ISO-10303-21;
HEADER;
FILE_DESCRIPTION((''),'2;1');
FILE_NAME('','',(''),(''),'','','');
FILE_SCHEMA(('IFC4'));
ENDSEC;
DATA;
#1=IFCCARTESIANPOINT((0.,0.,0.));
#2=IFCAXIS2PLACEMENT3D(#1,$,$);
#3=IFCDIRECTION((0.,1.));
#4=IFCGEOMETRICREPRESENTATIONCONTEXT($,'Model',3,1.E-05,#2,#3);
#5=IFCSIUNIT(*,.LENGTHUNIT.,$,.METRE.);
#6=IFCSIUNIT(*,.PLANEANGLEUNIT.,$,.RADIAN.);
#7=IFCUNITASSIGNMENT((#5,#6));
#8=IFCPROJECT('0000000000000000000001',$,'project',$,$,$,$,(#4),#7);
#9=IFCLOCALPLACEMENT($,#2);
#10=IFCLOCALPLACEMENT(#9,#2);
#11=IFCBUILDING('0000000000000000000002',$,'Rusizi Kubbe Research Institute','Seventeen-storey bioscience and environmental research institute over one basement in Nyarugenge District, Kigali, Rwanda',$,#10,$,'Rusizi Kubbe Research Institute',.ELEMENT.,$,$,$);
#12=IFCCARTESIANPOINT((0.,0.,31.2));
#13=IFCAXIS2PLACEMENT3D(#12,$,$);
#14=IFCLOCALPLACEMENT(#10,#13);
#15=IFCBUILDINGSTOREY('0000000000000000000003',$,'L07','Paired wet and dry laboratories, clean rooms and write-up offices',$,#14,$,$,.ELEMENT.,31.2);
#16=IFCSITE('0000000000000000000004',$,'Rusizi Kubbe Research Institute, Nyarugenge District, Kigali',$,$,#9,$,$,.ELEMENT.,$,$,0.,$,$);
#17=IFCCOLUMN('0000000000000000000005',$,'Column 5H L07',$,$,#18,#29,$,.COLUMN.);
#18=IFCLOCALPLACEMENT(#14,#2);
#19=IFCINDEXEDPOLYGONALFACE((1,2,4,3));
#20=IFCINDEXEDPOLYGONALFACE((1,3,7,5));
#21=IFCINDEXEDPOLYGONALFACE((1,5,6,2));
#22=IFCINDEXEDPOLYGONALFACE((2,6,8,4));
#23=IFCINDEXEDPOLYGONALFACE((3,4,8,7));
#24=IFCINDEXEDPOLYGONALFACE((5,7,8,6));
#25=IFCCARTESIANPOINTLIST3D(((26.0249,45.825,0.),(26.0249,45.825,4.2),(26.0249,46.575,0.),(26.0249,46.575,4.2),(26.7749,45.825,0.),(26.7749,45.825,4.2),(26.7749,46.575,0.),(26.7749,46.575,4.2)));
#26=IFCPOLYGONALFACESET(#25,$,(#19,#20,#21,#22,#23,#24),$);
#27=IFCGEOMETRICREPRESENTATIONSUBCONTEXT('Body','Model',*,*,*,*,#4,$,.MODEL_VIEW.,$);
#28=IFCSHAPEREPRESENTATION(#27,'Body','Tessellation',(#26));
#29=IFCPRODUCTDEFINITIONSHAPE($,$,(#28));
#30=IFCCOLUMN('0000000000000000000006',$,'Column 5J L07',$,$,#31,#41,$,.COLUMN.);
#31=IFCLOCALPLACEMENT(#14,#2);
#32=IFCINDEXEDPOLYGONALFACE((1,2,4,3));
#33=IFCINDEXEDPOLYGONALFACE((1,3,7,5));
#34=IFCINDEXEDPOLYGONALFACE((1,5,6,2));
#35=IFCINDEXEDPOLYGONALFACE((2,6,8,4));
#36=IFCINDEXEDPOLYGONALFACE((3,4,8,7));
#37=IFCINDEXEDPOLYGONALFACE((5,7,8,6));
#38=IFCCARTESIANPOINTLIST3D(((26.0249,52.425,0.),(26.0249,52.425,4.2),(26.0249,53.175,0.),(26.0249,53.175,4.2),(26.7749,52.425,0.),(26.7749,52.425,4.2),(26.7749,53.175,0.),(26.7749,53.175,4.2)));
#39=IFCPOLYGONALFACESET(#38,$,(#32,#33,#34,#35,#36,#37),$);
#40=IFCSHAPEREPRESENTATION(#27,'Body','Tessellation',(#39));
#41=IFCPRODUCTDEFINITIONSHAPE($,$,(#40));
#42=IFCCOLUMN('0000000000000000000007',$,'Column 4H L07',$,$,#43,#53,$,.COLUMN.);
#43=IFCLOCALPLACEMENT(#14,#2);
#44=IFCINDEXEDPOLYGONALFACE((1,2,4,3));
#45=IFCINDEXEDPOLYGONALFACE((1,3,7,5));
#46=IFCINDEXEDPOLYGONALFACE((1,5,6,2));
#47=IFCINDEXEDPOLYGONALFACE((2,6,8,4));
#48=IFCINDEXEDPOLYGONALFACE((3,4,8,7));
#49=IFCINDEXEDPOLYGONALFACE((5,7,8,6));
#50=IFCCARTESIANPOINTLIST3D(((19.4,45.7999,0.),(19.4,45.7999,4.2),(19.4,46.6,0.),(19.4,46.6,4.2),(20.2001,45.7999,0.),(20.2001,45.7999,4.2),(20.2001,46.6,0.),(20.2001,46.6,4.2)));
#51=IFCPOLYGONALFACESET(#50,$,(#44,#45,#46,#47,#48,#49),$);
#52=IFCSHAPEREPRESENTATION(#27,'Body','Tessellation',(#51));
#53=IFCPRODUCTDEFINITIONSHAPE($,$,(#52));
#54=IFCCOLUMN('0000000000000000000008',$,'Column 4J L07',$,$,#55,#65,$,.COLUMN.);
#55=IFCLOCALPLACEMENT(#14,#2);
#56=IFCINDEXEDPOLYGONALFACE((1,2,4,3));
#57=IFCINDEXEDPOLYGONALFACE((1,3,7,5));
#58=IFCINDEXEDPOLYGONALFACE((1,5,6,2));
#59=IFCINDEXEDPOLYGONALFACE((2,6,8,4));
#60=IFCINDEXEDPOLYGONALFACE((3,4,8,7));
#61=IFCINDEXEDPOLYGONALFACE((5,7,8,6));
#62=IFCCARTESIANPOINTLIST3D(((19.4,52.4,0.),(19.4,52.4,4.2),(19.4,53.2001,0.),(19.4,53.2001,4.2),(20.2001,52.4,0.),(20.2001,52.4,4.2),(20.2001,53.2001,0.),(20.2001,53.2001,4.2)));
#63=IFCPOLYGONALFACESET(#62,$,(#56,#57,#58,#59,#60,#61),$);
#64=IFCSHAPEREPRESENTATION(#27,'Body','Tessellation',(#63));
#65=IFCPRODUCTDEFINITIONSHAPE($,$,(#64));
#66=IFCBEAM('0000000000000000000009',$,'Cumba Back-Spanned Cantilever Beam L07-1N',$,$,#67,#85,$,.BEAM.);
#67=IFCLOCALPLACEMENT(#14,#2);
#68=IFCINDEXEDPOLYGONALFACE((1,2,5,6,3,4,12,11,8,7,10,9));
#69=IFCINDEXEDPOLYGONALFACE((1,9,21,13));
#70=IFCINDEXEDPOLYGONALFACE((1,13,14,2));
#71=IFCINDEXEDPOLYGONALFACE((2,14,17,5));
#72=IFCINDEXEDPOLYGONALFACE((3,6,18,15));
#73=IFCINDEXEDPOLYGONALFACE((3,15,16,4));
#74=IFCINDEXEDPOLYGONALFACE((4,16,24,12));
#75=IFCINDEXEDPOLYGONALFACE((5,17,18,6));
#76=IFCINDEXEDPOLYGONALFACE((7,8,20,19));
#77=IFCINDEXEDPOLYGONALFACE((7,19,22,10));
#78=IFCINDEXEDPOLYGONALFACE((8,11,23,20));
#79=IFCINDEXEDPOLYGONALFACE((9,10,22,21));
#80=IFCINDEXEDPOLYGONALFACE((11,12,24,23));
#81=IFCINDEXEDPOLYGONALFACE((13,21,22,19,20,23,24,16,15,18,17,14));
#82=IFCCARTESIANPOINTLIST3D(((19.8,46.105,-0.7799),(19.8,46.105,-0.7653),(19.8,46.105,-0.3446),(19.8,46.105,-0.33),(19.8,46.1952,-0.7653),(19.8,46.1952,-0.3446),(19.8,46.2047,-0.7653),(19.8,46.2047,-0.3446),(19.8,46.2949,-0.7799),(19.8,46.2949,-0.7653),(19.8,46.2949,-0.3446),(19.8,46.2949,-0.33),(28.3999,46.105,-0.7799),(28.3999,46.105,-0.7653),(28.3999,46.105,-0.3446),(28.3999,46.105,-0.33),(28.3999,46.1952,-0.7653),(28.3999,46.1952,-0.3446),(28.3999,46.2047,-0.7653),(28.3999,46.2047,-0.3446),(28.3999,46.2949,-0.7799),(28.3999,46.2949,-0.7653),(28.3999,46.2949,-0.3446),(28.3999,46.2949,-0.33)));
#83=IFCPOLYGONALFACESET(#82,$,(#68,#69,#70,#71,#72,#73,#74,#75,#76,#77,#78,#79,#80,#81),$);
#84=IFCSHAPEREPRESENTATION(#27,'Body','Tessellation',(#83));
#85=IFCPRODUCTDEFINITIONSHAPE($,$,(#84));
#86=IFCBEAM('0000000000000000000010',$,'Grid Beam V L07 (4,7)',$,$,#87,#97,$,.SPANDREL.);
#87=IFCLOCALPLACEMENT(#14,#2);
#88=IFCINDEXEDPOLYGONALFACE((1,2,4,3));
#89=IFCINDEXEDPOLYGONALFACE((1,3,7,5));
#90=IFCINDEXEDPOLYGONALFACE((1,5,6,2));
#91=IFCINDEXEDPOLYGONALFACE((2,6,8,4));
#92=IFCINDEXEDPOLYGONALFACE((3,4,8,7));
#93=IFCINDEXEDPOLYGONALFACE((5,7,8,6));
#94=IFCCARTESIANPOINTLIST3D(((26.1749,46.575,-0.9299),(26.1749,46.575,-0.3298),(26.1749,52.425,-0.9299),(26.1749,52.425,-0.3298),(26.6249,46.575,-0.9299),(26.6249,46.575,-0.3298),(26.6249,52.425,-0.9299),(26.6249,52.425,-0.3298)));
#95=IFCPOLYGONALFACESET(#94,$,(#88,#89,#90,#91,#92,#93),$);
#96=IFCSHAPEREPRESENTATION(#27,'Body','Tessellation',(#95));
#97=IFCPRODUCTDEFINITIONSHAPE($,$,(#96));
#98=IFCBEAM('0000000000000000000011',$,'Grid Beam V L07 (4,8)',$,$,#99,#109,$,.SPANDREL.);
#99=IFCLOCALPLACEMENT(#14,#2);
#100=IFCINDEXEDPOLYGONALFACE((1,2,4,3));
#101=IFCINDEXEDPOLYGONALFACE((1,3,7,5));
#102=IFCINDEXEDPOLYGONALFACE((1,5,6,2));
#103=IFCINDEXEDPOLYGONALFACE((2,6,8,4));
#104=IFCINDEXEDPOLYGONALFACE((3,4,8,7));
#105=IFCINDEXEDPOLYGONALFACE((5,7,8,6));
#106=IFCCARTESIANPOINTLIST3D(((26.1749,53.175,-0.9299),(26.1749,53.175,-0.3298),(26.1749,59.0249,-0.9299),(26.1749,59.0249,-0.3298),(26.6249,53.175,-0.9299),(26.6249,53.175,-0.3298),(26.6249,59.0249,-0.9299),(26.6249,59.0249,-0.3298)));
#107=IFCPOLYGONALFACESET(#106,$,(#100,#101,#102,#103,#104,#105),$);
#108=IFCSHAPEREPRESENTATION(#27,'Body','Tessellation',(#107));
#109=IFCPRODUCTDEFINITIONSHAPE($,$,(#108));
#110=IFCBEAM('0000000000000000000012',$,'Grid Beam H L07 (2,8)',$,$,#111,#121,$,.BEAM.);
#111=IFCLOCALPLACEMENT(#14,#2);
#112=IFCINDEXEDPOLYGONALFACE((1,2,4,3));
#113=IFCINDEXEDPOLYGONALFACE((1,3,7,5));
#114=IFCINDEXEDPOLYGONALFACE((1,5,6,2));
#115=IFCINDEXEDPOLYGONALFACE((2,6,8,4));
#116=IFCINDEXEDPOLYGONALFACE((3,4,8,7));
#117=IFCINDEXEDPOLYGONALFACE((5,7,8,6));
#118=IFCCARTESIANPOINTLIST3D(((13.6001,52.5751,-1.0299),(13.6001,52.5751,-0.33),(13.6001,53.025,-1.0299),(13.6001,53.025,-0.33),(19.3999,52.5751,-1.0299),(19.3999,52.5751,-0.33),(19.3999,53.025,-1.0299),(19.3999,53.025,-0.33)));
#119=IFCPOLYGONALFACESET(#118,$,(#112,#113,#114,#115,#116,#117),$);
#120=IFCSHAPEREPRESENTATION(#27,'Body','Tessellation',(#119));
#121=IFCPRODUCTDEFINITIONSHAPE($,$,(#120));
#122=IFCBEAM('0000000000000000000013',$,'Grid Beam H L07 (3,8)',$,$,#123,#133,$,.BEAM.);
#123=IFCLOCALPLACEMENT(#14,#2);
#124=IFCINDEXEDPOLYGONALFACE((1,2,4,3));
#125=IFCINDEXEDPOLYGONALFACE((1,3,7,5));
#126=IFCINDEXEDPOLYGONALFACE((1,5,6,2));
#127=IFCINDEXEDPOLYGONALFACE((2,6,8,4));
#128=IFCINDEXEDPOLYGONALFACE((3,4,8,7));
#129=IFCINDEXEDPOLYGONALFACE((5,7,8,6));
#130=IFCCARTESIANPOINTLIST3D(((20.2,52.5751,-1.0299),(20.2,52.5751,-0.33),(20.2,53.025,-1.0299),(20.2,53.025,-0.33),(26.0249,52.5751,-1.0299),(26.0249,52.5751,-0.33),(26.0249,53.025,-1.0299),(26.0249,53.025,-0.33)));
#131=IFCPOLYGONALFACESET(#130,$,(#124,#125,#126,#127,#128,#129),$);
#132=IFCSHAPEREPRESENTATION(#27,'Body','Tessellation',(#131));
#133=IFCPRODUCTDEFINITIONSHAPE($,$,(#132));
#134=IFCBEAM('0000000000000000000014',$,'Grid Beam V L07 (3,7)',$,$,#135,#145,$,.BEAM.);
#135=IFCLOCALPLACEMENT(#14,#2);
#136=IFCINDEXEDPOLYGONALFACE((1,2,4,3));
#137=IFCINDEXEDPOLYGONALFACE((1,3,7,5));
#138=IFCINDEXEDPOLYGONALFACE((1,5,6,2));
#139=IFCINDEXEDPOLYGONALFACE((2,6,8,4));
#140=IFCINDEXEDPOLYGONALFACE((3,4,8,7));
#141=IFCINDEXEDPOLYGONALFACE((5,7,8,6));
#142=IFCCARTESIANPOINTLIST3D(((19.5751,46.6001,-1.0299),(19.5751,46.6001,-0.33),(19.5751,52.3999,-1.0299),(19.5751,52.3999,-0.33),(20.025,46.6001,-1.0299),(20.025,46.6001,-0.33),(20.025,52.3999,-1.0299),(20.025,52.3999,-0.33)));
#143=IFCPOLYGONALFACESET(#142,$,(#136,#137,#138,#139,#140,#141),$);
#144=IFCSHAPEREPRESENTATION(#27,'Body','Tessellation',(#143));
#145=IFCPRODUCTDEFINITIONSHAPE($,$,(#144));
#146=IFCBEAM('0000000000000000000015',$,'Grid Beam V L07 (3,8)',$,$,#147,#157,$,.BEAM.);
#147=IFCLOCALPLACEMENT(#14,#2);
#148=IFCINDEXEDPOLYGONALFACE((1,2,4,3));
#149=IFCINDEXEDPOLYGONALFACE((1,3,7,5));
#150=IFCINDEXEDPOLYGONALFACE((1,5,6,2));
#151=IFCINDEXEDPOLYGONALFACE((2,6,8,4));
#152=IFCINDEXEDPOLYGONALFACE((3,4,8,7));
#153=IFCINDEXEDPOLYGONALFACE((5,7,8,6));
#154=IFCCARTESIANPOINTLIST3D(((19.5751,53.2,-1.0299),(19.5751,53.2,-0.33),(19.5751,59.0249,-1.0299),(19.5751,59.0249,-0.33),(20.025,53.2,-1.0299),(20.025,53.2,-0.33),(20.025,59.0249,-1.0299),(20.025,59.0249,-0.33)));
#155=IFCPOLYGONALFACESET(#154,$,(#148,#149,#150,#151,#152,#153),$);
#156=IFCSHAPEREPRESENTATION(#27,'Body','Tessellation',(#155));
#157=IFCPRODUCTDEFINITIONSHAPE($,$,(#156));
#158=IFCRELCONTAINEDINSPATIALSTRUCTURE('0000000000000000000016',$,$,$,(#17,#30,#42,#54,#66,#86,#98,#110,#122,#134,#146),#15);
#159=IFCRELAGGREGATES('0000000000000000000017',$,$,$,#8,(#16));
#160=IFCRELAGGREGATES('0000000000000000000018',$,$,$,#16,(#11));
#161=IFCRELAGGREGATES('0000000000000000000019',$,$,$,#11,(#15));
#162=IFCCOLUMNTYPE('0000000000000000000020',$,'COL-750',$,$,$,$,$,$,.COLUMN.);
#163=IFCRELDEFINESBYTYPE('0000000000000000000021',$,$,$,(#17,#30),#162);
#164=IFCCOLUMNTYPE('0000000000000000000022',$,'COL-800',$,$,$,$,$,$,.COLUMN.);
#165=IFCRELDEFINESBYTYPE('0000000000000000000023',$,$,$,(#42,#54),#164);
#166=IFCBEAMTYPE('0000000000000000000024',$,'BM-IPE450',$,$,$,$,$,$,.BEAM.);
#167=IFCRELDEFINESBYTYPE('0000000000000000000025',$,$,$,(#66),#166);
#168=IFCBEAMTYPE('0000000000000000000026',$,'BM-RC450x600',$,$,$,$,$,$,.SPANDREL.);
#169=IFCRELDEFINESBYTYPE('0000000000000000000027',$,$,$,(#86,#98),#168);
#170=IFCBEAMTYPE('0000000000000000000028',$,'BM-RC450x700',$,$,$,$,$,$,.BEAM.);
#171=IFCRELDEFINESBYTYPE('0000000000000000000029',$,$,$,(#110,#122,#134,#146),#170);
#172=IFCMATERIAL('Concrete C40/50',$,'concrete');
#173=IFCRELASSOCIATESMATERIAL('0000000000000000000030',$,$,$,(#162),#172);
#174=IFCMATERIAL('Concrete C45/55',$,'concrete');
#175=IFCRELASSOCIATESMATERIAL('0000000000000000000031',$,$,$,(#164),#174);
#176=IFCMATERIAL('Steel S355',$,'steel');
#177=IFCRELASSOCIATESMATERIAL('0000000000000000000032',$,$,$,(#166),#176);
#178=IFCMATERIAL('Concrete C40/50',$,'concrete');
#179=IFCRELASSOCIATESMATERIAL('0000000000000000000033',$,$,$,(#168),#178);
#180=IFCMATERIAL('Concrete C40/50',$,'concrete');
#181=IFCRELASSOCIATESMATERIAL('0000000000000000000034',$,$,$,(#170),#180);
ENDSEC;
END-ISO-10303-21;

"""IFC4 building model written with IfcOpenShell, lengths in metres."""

from ifc_helpers import new_model, si_unit, direction, frame, origin, origin_2d, place, context, subcontext, project, spatial, rectangle, i_section, extrude, material, material_profile, profile_set, type_object, element, save


model = new_model("IFC4")

# Units and contexts
model_context = context("Model", 3, precision=1e-05, world=origin(), true_north=direction((0.0, 1.0)))
body_context = subcontext(model_context, "Body", "Model", "MODEL_VIEW")
ifc_project = project(units=[si_unit("LENGTHUNIT", "METRE"), si_unit("PLANEANGLEUNIT", "RADIAN")], contexts=[model_context])

# Site, building, storey
site_placement = place(None, origin())
site = spatial("IfcSite", under=ifc_project, at=site_placement, Name="Rusizi Kubbe Research Institute, Nyarugenge District, Kigali", CompositionType="ELEMENT", RefElevation=0.0)
building_placement = place(site_placement, origin())
building = spatial("IfcBuilding", under=site, at=building_placement, Name="Rusizi Kubbe Research Institute", Description="Seventeen-storey bioscience and environmental research institute over one basement in Nyarugenge District, Kigali, Rwanda", LongName="Rusizi Kubbe Research Institute", CompositionType="ELEMENT")
storey_placement = place(building_placement, frame((0.0, 0.0, 31.2)))
storey = spatial("IfcBuildingStorey", under=building, at=storey_placement, Name="L07", Description="Paired wet and dry laboratories, clean rooms and write-up offices", CompositionType="ELEMENT", Elevation=31.2)

# Columns
ifc_material_1 = material(Name="Concrete C40/50", Category="concrete")
ifc_material_profile_1 = material_profile(ifc_material_1, rectangle(XDim=0.75, YDim=0.75, at=origin_2d()), Name="RC750x750")
ifc_profile_set_1 = profile_set([ifc_material_profile_1], Name="Concrete C40/50")
column_type_1 = type_object("IfcColumnType", Name="COL-750", PredefinedType="COLUMN", material=ifc_profile_set_1)
for number, where, z_axis, x_axis, name in (
    (1, (26.3999, 46.2, 0.0), (0.0, 0.0, 1.0), (1.0, 0.0, 0.0), "Column 5H L07"),
    (2, (26.3999, 52.8, 0.0), (0.0, 0.0, 1.0), (1.0, 0.0, 0.0), "Column 5J L07"),
):
    element("IfcColumn", number, at=place(storey_placement, frame(where, z_axis=z_axis, x_axis=x_axis)), inside=storey, type_object=column_type_1, Name=name, PredefinedType="COLUMN", context=body_context, shape_type="SweptSolid", body=[
        extrude(rectangle(XDim=0.75, YDim=0.75, at=origin_2d()), origin(), (0.0, 0.0, 1.0), 4.2),
    ])
ifc_material_2 = material(Name="Concrete C45/55", Category="concrete")
ifc_material_profile_2 = material_profile(ifc_material_2, rectangle(XDim=0.8, YDim=0.8, at=origin_2d()), Name="RC800x800")
ifc_profile_set_2 = profile_set([ifc_material_profile_2], Name="Concrete C45/55")
column_type_2 = type_object("IfcColumnType", Name="COL-800", PredefinedType="COLUMN", material=ifc_profile_set_2)
for number, where, z_axis, x_axis, name in (
    (3, (19.8, 46.2, 0.0), (0.0, 0.0, 1.0), (1.0, 0.0, 0.0), "Column 4H L07"),
    (4, (19.8, 52.8, 0.0), (0.0, 0.0, 1.0), (1.0, 0.0, 0.0), "Column 4J L07"),
):
    element("IfcColumn", number, at=place(storey_placement, frame(where, z_axis=z_axis, x_axis=x_axis)), inside=storey, type_object=column_type_2, Name=name, PredefinedType="COLUMN", context=body_context, shape_type="SweptSolid", body=[
        extrude(rectangle(XDim=0.8, YDim=0.8, at=origin_2d()), origin(), (0.0, 0.0, 1.0), 4.2),
    ])

# Beams
ifc_material_3 = material(Name="Steel S355", Category="steel")
ifc_material_profile_3 = material_profile(ifc_material_3, i_section(OverallWidth=0.1899, OverallDepth=0.45, WebThickness=0.0095, FlangeThickness=0.0146, at=origin_2d()), Name="IPE 450")
ifc_profile_set_3 = profile_set([ifc_material_profile_3], Name="Steel S355")
beam_type_1 = type_object("IfcBeamType", Name="BM-IPE450", PredefinedType="BEAM", material=ifc_profile_set_3)
beam_1_placement = place(storey_placement, frame((19.8, 46.2, -0.5549), z_axis=(1.0, 0.0, 0.0), x_axis=(0.0, 1.0, 0.0)))
element("IfcBeam", 5, at=beam_1_placement, inside=storey, type_object=beam_type_1, Name="Cumba Back-Spanned Cantilever Beam L07-1N", PredefinedType="BEAM", context=body_context, shape_type="SweptSolid", body=[
    extrude(i_section(OverallWidth=0.1899, OverallDepth=0.45, WebThickness=0.0095, FlangeThickness=0.0146, at=origin_2d()), origin(), (0.0, 0.0, 1.0), 8.5999),
])
ifc_material_4 = material(Name="Concrete C40/50", Category="concrete")
ifc_material_profile_4 = material_profile(ifc_material_4, rectangle(XDim=0.45, YDim=0.6001, at=origin_2d()), Name="RC450x600")
ifc_profile_set_4 = profile_set([ifc_material_profile_4], Name="Concrete C40/50")
beam_type_2 = type_object("IfcBeamType", Name="BM-RC450x600", PredefinedType="SPANDREL", material=ifc_profile_set_4)
beam_2_placement = place(storey_placement, frame((26.3999, 46.575, -0.6299), z_axis=(0.0, 1.0, 0.0), x_axis=(-1.0, 0.0, 0.0)))
element("IfcBeam", 6, at=beam_2_placement, inside=storey, type_object=beam_type_2, Name="Grid Beam V L07 (4,7)", PredefinedType="SPANDREL", context=body_context, shape_type="SweptSolid", body=[
    extrude(rectangle(XDim=0.45, YDim=0.6001, at=origin_2d()), origin(), (0.0, 0.0, 1.0), 5.8501),
])
beam_3_placement = place(storey_placement, frame((26.3999, 53.175, -0.6299), z_axis=(0.0, 1.0, 0.0), x_axis=(-1.0, 0.0, 0.0)))
element("IfcBeam", 7, at=beam_3_placement, inside=storey, type_object=beam_type_2, Name="Grid Beam V L07 (4,8)", PredefinedType="SPANDREL", context=body_context, shape_type="SweptSolid", body=[
    extrude(rectangle(XDim=0.45, YDim=0.6001, at=origin_2d()), origin(), (0.0, 0.0, 1.0), 5.8499),
])
ifc_material_5 = material(Name="Concrete C40/50", Category="concrete")
ifc_material_profile_5 = material_profile(ifc_material_5, rectangle(XDim=0.45, YDim=0.7, at=origin_2d()), Name="RC450x700B")
ifc_profile_set_5 = profile_set([ifc_material_profile_5], Name="Concrete C40/50")
beam_type_3 = type_object("IfcBeamType", Name="BM-RC450x700", PredefinedType="BEAM", material=ifc_profile_set_5)
beam_4_placement = place(storey_placement, frame((13.6001, 52.8, -0.6799), z_axis=(1.0, 0.0, 0.0), x_axis=(0.0, 1.0, 0.0)))
element("IfcBeam", 8, at=beam_4_placement, inside=storey, type_object=beam_type_3, Name="Grid Beam H L07 (2,8)", PredefinedType="BEAM", context=body_context, shape_type="SweptSolid", body=[
    extrude(rectangle(XDim=0.45, YDim=0.7, at=origin_2d()), origin(), (0.0, 0.0, 1.0), 5.7998),
])
beam_5_placement = place(storey_placement, frame((20.2, 52.8, -0.6799), z_axis=(1.0, 0.0, 0.0), x_axis=(0.0, 1.0, 0.0)))
element("IfcBeam", 9, at=beam_5_placement, inside=storey, type_object=beam_type_3, Name="Grid Beam H L07 (3,8)", PredefinedType="BEAM", context=body_context, shape_type="SweptSolid", body=[
    extrude(rectangle(XDim=0.45, YDim=0.7, at=origin_2d()), origin(), (0.0, 0.0, 1.0), 5.825),
])
beam_6_placement = place(storey_placement, frame((19.8, 46.6001, -0.6799), z_axis=(0.0, 1.0, 0.0), x_axis=(-1.0, 0.0, 0.0)))
element("IfcBeam", 10, at=beam_6_placement, inside=storey, type_object=beam_type_3, Name="Grid Beam V L07 (3,7)", PredefinedType="BEAM", context=body_context, shape_type="SweptSolid", body=[
    extrude(rectangle(XDim=0.45, YDim=0.7, at=origin_2d()), origin(), (0.0, 0.0, 1.0), 5.7998),
])
beam_7_placement = place(storey_placement, frame((19.8, 53.2, -0.6799), z_axis=(0.0, 1.0, 0.0), x_axis=(-1.0, 0.0, 0.0)))
element("IfcBeam", 11, at=beam_7_placement, inside=storey, type_object=beam_type_3, Name="Grid Beam V L07 (3,8)", PredefinedType="BEAM", context=body_context, shape_type="SweptSolid", body=[
    extrude(rectangle(XDim=0.45, YDim=0.7, at=origin_2d()), origin(), (0.0, 0.0, 1.0), 5.825),
])

save(model, "model.ifc")
